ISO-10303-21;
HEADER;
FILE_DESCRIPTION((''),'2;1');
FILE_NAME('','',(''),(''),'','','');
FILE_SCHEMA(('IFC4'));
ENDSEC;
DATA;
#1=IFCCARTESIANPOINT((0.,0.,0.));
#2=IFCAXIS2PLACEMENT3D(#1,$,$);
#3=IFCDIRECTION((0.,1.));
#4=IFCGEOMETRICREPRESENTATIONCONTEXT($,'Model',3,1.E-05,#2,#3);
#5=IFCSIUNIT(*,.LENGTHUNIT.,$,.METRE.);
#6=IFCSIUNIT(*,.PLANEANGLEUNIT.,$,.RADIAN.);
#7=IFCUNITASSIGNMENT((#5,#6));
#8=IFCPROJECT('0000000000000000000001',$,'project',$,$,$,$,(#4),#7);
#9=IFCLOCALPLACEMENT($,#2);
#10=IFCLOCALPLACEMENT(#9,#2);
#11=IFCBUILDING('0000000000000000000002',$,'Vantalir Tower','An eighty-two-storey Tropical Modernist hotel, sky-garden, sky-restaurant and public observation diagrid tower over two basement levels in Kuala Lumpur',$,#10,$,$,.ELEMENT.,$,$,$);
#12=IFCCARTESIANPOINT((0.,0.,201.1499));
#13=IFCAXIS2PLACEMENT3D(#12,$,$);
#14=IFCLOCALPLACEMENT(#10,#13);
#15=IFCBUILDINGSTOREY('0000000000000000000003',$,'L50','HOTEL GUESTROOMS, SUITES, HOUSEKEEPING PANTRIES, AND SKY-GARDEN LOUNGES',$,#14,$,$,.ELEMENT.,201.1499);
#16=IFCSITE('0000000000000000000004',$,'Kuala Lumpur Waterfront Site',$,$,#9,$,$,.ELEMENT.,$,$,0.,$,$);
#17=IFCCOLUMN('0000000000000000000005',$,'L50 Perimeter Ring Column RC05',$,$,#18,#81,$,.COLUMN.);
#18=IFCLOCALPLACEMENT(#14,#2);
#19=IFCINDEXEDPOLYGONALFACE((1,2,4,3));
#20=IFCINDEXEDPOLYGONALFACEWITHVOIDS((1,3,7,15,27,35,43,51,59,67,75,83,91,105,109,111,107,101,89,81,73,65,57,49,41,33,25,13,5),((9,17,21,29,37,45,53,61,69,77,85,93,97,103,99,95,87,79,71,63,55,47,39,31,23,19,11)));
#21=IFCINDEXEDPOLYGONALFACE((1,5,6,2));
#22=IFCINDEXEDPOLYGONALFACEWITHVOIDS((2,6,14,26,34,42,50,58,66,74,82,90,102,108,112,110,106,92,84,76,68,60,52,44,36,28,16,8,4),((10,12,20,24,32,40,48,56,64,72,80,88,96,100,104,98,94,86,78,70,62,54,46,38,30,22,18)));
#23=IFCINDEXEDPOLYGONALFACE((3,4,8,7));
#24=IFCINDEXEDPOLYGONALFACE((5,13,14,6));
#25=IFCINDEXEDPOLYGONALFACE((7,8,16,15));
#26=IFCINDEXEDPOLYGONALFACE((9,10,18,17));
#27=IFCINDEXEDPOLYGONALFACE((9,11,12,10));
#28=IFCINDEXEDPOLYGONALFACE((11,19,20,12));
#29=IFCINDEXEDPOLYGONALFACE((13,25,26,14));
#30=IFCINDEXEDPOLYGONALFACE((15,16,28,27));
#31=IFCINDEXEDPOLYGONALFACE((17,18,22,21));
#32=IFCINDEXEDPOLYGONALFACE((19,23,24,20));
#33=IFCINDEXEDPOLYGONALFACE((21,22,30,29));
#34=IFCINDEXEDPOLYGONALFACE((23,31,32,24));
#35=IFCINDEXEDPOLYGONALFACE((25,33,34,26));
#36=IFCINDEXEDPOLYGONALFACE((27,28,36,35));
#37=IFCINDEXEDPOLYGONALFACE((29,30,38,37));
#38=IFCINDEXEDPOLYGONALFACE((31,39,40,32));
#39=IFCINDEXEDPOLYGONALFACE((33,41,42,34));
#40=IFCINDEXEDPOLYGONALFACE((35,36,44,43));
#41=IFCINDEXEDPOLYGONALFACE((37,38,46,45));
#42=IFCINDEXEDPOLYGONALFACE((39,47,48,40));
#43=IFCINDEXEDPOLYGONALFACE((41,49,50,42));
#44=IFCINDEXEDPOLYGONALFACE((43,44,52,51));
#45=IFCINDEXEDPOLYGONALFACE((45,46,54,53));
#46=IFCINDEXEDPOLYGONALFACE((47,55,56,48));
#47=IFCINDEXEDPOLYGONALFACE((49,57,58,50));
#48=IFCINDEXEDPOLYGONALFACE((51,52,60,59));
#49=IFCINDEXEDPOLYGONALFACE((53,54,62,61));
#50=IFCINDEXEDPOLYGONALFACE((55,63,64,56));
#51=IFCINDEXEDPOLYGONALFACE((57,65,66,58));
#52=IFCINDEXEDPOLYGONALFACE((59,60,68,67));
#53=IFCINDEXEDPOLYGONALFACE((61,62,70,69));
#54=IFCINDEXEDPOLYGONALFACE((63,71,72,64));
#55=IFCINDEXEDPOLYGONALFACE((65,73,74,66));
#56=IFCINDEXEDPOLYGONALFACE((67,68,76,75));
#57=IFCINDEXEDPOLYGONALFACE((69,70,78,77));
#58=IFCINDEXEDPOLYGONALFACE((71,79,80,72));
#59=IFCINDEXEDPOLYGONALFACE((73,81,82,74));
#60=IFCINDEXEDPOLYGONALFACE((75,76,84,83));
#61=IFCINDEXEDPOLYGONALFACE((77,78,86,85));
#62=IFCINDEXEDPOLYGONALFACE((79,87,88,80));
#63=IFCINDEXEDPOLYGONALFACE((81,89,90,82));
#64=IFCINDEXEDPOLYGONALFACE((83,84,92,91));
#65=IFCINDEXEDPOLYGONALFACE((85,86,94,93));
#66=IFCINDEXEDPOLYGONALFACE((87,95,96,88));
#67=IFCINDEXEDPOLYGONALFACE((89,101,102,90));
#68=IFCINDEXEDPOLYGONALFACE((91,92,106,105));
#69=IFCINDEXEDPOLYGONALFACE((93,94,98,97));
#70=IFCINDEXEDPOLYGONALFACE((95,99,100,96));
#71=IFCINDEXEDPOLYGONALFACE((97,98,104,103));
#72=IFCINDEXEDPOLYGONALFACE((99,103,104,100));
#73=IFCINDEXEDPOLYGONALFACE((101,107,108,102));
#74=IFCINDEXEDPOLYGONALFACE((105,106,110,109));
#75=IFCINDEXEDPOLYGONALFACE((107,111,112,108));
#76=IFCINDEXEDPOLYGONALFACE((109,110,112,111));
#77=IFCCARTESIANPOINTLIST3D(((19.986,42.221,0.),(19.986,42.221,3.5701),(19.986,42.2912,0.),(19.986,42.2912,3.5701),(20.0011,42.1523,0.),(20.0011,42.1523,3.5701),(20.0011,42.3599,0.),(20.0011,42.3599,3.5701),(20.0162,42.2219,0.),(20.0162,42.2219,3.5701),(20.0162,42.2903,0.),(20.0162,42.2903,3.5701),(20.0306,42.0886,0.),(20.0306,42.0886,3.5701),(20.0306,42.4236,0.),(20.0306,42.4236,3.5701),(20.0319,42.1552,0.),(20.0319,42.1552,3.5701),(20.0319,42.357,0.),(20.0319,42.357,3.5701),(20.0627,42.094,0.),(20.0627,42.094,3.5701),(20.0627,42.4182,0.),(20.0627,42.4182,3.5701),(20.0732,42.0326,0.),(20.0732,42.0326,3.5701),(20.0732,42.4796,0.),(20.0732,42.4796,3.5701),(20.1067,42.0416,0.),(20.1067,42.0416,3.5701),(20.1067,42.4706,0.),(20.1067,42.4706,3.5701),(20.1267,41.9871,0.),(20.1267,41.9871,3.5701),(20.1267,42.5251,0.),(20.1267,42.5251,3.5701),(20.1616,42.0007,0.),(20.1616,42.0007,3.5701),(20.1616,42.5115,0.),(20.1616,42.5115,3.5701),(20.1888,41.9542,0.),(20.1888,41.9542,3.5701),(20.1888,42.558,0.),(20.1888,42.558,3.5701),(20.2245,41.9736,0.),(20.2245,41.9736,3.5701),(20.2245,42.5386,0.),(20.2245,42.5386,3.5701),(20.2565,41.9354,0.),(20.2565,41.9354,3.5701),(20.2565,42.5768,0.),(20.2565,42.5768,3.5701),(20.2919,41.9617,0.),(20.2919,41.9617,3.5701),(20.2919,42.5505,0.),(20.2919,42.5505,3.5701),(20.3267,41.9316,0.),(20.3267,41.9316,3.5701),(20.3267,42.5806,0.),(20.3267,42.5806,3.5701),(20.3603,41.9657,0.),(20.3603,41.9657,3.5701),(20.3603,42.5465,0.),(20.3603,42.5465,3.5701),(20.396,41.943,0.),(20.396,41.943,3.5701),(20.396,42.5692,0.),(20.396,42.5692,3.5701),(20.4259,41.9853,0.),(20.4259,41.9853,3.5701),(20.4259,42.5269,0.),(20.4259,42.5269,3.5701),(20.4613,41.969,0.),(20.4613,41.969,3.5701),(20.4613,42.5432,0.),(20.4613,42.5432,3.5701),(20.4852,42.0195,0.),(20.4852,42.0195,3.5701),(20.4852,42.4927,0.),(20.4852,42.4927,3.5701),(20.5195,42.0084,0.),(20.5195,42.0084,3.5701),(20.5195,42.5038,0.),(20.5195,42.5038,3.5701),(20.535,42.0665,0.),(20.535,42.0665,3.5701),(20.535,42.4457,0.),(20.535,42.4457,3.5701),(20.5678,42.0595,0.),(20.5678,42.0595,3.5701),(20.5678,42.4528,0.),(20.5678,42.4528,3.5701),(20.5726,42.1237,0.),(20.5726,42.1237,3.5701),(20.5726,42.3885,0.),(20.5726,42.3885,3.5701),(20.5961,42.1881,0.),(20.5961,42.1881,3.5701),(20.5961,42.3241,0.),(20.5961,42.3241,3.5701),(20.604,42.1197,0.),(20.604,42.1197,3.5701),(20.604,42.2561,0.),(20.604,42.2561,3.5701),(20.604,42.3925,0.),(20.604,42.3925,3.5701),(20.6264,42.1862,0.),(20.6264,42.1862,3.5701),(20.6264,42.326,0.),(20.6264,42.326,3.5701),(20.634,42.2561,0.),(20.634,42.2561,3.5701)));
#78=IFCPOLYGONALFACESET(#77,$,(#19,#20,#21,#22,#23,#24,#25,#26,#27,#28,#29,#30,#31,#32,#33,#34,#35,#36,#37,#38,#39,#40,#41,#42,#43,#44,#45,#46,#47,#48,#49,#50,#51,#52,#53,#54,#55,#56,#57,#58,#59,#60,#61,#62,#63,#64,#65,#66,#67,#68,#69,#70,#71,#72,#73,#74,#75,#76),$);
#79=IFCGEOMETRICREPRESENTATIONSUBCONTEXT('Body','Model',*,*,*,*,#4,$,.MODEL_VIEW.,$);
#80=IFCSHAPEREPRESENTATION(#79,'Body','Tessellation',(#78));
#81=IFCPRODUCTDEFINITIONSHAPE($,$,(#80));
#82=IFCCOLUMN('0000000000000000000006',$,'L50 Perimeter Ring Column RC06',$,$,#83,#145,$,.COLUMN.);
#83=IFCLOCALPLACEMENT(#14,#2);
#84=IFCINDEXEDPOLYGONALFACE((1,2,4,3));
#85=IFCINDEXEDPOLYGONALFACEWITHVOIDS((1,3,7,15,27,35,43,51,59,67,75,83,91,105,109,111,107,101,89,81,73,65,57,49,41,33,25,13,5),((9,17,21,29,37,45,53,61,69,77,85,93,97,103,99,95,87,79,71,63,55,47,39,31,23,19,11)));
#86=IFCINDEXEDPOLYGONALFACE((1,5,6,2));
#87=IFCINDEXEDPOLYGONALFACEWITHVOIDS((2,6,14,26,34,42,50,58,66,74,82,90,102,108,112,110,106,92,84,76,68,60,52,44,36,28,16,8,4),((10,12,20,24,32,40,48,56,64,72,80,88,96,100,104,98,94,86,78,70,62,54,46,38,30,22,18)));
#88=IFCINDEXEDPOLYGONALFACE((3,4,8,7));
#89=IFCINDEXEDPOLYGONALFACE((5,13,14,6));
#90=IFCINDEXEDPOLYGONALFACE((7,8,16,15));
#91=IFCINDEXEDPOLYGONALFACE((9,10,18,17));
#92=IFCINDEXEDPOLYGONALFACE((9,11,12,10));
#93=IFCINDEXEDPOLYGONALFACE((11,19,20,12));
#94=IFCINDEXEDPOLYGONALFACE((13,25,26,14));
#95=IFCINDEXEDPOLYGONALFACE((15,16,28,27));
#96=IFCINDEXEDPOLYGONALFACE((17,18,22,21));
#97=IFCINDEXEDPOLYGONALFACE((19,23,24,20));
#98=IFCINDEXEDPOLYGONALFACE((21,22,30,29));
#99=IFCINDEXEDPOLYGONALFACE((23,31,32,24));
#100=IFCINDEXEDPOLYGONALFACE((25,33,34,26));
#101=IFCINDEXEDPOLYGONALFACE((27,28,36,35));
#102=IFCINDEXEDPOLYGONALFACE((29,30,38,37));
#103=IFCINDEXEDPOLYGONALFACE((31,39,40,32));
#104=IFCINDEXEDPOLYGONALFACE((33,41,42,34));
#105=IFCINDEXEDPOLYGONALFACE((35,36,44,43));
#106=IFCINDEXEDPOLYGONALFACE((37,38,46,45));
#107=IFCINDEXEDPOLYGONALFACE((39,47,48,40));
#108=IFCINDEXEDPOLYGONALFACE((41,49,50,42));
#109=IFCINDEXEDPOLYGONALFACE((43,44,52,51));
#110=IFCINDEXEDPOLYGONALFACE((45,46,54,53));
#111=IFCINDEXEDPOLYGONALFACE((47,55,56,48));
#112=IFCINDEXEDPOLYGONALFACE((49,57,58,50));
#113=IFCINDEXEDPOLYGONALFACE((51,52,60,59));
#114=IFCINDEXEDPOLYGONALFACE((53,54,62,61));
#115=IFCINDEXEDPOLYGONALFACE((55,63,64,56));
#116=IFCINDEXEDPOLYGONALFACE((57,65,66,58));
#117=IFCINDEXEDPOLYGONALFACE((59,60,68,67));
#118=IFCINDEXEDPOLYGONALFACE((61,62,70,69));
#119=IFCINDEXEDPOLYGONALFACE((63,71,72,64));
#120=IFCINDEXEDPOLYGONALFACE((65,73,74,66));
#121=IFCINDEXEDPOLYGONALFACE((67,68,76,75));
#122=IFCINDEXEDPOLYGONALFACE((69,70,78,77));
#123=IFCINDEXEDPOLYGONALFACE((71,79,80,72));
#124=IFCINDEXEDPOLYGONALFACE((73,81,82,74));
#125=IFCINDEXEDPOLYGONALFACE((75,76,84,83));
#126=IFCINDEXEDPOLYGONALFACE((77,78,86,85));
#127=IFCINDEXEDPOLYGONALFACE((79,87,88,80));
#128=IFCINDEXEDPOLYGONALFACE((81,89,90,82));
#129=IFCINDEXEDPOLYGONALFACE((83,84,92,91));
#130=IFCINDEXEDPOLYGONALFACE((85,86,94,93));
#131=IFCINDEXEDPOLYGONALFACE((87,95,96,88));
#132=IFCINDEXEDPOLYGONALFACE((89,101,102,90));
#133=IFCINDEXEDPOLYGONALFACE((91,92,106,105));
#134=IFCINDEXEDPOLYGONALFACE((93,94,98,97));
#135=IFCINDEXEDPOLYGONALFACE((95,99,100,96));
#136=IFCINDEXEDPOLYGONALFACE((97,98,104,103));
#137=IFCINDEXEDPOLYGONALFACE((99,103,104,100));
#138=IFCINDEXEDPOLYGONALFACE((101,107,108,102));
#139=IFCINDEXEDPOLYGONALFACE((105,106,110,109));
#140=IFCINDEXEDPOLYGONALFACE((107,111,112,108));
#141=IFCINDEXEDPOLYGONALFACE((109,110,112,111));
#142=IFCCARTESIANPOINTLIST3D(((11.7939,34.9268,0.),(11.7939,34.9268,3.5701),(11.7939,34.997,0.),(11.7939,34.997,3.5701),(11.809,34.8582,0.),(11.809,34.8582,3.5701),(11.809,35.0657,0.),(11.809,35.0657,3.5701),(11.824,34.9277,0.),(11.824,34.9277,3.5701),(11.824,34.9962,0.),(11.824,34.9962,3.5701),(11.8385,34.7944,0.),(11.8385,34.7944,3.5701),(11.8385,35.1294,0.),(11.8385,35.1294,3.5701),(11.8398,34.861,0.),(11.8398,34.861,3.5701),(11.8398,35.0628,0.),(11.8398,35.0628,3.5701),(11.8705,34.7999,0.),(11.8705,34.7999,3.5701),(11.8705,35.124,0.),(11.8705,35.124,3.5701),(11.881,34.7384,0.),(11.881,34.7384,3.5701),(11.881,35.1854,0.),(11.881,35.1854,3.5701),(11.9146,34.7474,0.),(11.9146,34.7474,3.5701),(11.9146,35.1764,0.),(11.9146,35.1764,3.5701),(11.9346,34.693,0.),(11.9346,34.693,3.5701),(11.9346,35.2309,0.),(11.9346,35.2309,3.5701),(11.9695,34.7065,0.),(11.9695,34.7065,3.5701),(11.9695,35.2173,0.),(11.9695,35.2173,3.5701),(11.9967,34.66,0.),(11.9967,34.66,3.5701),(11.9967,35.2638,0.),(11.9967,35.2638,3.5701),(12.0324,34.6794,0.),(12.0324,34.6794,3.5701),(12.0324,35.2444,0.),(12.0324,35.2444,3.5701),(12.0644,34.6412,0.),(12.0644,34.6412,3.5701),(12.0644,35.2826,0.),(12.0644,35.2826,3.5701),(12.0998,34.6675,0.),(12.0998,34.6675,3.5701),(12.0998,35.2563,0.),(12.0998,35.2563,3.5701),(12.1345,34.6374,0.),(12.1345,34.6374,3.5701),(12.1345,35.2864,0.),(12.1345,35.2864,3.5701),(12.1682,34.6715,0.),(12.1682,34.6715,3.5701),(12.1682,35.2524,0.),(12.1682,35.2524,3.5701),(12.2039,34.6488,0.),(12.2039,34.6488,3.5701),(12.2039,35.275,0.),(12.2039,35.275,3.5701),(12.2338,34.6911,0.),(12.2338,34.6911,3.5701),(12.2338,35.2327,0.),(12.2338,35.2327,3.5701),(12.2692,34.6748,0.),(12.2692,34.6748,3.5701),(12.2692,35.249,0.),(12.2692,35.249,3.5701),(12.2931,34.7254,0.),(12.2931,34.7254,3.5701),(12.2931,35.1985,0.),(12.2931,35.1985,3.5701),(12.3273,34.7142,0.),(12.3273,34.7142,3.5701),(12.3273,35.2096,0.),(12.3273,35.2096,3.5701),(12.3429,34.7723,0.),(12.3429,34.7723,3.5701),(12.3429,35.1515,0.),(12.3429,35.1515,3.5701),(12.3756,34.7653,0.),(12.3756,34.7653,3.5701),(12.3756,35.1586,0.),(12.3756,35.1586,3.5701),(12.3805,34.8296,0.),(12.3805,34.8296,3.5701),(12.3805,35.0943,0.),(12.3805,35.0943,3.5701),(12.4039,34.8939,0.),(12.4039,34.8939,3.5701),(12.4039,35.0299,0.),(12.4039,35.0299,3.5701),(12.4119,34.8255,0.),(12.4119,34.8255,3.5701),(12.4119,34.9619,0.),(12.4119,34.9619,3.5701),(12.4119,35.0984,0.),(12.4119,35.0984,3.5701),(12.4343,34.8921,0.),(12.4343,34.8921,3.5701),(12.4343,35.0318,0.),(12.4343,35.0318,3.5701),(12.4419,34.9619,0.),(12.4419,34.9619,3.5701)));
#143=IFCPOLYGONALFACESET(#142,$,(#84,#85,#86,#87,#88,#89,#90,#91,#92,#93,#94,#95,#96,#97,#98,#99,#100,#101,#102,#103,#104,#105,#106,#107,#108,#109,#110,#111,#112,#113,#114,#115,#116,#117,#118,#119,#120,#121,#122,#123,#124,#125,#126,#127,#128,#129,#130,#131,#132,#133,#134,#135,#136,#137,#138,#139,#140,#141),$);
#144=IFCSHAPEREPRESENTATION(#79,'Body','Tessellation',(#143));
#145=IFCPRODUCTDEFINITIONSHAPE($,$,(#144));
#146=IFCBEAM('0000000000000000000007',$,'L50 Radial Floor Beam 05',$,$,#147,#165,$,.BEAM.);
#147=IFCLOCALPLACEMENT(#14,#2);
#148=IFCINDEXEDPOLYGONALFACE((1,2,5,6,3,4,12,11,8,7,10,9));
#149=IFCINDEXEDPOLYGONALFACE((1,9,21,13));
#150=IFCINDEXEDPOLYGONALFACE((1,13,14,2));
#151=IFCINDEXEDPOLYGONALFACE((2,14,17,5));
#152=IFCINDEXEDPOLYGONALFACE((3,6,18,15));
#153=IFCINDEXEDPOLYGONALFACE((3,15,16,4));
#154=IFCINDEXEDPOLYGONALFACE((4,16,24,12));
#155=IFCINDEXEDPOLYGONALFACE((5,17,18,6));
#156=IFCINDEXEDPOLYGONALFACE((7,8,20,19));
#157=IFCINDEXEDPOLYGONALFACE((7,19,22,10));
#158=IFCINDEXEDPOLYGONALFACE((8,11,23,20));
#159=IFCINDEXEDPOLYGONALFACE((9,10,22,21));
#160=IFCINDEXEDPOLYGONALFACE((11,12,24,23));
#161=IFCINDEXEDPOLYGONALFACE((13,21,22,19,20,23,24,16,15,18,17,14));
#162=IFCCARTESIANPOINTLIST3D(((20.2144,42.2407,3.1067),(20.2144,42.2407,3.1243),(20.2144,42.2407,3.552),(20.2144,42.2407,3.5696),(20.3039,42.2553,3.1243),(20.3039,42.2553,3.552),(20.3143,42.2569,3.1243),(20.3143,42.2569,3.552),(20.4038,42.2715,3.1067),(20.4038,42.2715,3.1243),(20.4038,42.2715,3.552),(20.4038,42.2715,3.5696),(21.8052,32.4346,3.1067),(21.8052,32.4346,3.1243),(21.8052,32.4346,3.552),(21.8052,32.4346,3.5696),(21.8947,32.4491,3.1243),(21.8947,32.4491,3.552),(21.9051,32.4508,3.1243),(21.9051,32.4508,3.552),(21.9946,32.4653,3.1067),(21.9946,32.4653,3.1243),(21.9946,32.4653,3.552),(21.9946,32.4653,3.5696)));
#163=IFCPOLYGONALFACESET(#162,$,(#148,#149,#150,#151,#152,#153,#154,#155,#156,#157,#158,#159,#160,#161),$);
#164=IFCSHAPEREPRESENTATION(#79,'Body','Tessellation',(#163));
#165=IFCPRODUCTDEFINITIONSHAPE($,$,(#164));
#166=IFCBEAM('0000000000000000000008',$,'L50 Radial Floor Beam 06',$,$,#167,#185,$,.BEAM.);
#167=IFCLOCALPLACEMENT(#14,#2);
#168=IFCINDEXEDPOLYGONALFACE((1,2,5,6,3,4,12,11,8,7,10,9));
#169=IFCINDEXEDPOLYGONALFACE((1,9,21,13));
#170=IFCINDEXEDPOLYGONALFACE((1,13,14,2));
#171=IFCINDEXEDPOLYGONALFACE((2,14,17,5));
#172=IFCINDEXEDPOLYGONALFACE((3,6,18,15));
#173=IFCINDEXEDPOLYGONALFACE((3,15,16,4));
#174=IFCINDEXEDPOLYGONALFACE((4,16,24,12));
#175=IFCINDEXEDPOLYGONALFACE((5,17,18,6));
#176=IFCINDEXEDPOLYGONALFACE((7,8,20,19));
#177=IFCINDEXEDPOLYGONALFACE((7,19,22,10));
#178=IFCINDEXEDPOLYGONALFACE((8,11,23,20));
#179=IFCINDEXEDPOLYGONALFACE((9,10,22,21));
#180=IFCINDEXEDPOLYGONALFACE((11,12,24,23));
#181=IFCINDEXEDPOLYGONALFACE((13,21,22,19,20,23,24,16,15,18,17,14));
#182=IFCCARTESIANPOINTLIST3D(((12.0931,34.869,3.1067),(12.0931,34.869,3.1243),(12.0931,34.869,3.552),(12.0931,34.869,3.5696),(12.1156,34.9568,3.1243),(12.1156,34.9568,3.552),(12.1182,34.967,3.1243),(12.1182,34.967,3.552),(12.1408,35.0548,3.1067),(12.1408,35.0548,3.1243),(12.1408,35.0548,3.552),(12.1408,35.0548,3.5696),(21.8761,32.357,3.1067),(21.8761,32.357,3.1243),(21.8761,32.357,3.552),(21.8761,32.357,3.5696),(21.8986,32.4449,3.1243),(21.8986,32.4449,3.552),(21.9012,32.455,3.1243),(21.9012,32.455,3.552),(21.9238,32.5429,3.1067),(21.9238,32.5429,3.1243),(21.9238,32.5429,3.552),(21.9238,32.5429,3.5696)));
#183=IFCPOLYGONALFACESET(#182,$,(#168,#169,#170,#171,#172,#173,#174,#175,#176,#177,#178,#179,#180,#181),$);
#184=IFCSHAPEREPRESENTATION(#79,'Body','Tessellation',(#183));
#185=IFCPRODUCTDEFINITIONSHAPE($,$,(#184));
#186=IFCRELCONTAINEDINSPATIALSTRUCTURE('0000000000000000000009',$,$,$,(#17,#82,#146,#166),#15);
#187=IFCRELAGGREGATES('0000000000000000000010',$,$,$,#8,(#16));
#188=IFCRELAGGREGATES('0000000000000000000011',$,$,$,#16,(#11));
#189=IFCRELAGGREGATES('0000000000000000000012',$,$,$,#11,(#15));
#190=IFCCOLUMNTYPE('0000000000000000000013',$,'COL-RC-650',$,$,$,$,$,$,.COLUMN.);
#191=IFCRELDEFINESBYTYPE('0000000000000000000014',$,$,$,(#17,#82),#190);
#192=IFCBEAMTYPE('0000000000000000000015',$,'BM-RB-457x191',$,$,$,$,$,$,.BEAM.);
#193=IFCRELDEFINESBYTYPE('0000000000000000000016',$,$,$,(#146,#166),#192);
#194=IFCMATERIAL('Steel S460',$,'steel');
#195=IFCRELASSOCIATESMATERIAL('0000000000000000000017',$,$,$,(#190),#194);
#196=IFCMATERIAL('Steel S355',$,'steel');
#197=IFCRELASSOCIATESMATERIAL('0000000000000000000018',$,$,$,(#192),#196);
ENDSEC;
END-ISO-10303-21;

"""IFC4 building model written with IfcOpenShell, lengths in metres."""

from ifc_helpers import new_model, si_unit, direction, frame, origin, origin_2d, place, context, subcontext, project, spatial, hollow_circle, i_section, extrude, material, material_profile, profile_set, type_object, element, save


model = new_model("IFC4")

# Units and contexts
model_context = context("Model", 3, precision=1e-05, world=origin(), true_north=direction((0.0, 1.0)))
body_context = subcontext(model_context, "Body", "Model", "MODEL_VIEW")
ifc_project = project(units=[si_unit("LENGTHUNIT", "METRE"), si_unit("PLANEANGLEUNIT", "RADIAN")], contexts=[model_context])

# Site, building, storey
site_placement = place(None, origin())
site = spatial("IfcSite", under=ifc_project, at=site_placement, Name="Kuala Lumpur Waterfront Site", CompositionType="ELEMENT", RefElevation=0.0)
building_placement = place(site_placement, origin())
building = spatial("IfcBuilding", under=site, at=building_placement, Name="Vantalir Tower", Description="An eighty-two-storey Tropical Modernist hotel, sky-garden, sky-restaurant and public observation diagrid tower over two basement levels in Kuala Lumpur", CompositionType="ELEMENT")
storey_placement = place(building_placement, frame((0.0, 0.0, 201.1499)))
storey = spatial("IfcBuildingStorey", under=building, at=storey_placement, Name="L50", Description="HOTEL GUESTROOMS, SUITES, HOUSEKEEPING PANTRIES, AND SKY-GARDEN LOUNGES", CompositionType="ELEMENT", Elevation=201.1499)

# Columns
ifc_material_1 = material(Name="Steel S460", Category="steel")
ifc_material_profile_1 = material_profile(ifc_material_1, hollow_circle(Radius=0.325, WallThickness=0.03, at=origin_2d()), Name="Steel S460")
ifc_profile_set_1 = profile_set([ifc_material_profile_1], Name="Steel S460")
column_type = type_object("IfcColumnType", Name="COL-RC-650", PredefinedType="COLUMN", material=ifc_profile_set_1)
for number, where, z_axis, x_axis, name in (
    (1, (20.3091, 42.2561, 0.0), (0.0, 0.0, 1.0), (1.0, 0.0, 0.0), "L50 Perimeter Ring Column RC05"),
    (2, (12.1169, 34.9619, 0.0), (0.0, 0.0, 1.0), (1.0, 0.0, 0.0), "L50 Perimeter Ring Column RC06"),
):
    element("IfcColumn", number, at=place(storey_placement, frame(where, z_axis=z_axis, x_axis=x_axis)), inside=storey, type_object=column_type, Name=name, PredefinedType="COLUMN", context=body_context, shape_type="SweptSolid", body=[
        extrude(hollow_circle(Radius=0.325, WallThickness=0.03, at=origin_2d()), origin(), (0.0, 0.0, 1.0), 3.5701),
    ])

# Beams
ifc_material_2 = material(Name="Steel S355", Category="steel")
ifc_material_profile_2 = material_profile(ifc_material_2, i_section(OverallWidth=0.1919, OverallDepth=0.4629, WebThickness=0.0105, FlangeThickness=0.0176, at=origin_2d()), Name="Steel S355")
ifc_profile_set_2 = profile_set([ifc_material_profile_2], Name="Steel S355")
beam_type_1 = type_object("IfcBeamType", Name="BM-RB-457x191", PredefinedType="BEAM", material=ifc_profile_set_2)
beam_1_placement = place(storey_placement, frame((20.3091, 42.2561, 3.3381), z_axis=(0.160133, -0.987095, 0.0), x_axis=(0.987095, 0.160133, 0.0)))
element("IfcBeam", 3, at=beam_1_placement, inside=storey, type_object=beam_type_1, Name="L50 Radial Floor Beam 05", PredefinedType="BEAM", context=body_context, shape_type="SweptSolid", body=[
    extrude(i_section(OverallWidth=0.1919, OverallDepth=0.4629, WebThickness=0.0105, FlangeThickness=0.0176, at=origin_2d()), origin(), (0.0, 0.0, 1.0), 9.9343),
])
beam_2_placement = place(storey_placement, frame((12.1169, 34.9619, 3.3381), z_axis=(0.96858, -0.248702, 0.0), x_axis=(0.248702, 0.96858, 0.0)))
element("IfcBeam", 4, at=beam_2_placement, inside=storey, type_object=beam_type_1, Name="L50 Radial Floor Beam 06", PredefinedType="BEAM", context=body_context, shape_type="SweptSolid", body=[
    extrude(i_section(OverallWidth=0.1919, OverallDepth=0.4629, WebThickness=0.0105, FlangeThickness=0.0176, at=origin_2d()), origin(), (0.0, 0.0, 1.0), 10.1003),
])

save(model, "model.ifc")
